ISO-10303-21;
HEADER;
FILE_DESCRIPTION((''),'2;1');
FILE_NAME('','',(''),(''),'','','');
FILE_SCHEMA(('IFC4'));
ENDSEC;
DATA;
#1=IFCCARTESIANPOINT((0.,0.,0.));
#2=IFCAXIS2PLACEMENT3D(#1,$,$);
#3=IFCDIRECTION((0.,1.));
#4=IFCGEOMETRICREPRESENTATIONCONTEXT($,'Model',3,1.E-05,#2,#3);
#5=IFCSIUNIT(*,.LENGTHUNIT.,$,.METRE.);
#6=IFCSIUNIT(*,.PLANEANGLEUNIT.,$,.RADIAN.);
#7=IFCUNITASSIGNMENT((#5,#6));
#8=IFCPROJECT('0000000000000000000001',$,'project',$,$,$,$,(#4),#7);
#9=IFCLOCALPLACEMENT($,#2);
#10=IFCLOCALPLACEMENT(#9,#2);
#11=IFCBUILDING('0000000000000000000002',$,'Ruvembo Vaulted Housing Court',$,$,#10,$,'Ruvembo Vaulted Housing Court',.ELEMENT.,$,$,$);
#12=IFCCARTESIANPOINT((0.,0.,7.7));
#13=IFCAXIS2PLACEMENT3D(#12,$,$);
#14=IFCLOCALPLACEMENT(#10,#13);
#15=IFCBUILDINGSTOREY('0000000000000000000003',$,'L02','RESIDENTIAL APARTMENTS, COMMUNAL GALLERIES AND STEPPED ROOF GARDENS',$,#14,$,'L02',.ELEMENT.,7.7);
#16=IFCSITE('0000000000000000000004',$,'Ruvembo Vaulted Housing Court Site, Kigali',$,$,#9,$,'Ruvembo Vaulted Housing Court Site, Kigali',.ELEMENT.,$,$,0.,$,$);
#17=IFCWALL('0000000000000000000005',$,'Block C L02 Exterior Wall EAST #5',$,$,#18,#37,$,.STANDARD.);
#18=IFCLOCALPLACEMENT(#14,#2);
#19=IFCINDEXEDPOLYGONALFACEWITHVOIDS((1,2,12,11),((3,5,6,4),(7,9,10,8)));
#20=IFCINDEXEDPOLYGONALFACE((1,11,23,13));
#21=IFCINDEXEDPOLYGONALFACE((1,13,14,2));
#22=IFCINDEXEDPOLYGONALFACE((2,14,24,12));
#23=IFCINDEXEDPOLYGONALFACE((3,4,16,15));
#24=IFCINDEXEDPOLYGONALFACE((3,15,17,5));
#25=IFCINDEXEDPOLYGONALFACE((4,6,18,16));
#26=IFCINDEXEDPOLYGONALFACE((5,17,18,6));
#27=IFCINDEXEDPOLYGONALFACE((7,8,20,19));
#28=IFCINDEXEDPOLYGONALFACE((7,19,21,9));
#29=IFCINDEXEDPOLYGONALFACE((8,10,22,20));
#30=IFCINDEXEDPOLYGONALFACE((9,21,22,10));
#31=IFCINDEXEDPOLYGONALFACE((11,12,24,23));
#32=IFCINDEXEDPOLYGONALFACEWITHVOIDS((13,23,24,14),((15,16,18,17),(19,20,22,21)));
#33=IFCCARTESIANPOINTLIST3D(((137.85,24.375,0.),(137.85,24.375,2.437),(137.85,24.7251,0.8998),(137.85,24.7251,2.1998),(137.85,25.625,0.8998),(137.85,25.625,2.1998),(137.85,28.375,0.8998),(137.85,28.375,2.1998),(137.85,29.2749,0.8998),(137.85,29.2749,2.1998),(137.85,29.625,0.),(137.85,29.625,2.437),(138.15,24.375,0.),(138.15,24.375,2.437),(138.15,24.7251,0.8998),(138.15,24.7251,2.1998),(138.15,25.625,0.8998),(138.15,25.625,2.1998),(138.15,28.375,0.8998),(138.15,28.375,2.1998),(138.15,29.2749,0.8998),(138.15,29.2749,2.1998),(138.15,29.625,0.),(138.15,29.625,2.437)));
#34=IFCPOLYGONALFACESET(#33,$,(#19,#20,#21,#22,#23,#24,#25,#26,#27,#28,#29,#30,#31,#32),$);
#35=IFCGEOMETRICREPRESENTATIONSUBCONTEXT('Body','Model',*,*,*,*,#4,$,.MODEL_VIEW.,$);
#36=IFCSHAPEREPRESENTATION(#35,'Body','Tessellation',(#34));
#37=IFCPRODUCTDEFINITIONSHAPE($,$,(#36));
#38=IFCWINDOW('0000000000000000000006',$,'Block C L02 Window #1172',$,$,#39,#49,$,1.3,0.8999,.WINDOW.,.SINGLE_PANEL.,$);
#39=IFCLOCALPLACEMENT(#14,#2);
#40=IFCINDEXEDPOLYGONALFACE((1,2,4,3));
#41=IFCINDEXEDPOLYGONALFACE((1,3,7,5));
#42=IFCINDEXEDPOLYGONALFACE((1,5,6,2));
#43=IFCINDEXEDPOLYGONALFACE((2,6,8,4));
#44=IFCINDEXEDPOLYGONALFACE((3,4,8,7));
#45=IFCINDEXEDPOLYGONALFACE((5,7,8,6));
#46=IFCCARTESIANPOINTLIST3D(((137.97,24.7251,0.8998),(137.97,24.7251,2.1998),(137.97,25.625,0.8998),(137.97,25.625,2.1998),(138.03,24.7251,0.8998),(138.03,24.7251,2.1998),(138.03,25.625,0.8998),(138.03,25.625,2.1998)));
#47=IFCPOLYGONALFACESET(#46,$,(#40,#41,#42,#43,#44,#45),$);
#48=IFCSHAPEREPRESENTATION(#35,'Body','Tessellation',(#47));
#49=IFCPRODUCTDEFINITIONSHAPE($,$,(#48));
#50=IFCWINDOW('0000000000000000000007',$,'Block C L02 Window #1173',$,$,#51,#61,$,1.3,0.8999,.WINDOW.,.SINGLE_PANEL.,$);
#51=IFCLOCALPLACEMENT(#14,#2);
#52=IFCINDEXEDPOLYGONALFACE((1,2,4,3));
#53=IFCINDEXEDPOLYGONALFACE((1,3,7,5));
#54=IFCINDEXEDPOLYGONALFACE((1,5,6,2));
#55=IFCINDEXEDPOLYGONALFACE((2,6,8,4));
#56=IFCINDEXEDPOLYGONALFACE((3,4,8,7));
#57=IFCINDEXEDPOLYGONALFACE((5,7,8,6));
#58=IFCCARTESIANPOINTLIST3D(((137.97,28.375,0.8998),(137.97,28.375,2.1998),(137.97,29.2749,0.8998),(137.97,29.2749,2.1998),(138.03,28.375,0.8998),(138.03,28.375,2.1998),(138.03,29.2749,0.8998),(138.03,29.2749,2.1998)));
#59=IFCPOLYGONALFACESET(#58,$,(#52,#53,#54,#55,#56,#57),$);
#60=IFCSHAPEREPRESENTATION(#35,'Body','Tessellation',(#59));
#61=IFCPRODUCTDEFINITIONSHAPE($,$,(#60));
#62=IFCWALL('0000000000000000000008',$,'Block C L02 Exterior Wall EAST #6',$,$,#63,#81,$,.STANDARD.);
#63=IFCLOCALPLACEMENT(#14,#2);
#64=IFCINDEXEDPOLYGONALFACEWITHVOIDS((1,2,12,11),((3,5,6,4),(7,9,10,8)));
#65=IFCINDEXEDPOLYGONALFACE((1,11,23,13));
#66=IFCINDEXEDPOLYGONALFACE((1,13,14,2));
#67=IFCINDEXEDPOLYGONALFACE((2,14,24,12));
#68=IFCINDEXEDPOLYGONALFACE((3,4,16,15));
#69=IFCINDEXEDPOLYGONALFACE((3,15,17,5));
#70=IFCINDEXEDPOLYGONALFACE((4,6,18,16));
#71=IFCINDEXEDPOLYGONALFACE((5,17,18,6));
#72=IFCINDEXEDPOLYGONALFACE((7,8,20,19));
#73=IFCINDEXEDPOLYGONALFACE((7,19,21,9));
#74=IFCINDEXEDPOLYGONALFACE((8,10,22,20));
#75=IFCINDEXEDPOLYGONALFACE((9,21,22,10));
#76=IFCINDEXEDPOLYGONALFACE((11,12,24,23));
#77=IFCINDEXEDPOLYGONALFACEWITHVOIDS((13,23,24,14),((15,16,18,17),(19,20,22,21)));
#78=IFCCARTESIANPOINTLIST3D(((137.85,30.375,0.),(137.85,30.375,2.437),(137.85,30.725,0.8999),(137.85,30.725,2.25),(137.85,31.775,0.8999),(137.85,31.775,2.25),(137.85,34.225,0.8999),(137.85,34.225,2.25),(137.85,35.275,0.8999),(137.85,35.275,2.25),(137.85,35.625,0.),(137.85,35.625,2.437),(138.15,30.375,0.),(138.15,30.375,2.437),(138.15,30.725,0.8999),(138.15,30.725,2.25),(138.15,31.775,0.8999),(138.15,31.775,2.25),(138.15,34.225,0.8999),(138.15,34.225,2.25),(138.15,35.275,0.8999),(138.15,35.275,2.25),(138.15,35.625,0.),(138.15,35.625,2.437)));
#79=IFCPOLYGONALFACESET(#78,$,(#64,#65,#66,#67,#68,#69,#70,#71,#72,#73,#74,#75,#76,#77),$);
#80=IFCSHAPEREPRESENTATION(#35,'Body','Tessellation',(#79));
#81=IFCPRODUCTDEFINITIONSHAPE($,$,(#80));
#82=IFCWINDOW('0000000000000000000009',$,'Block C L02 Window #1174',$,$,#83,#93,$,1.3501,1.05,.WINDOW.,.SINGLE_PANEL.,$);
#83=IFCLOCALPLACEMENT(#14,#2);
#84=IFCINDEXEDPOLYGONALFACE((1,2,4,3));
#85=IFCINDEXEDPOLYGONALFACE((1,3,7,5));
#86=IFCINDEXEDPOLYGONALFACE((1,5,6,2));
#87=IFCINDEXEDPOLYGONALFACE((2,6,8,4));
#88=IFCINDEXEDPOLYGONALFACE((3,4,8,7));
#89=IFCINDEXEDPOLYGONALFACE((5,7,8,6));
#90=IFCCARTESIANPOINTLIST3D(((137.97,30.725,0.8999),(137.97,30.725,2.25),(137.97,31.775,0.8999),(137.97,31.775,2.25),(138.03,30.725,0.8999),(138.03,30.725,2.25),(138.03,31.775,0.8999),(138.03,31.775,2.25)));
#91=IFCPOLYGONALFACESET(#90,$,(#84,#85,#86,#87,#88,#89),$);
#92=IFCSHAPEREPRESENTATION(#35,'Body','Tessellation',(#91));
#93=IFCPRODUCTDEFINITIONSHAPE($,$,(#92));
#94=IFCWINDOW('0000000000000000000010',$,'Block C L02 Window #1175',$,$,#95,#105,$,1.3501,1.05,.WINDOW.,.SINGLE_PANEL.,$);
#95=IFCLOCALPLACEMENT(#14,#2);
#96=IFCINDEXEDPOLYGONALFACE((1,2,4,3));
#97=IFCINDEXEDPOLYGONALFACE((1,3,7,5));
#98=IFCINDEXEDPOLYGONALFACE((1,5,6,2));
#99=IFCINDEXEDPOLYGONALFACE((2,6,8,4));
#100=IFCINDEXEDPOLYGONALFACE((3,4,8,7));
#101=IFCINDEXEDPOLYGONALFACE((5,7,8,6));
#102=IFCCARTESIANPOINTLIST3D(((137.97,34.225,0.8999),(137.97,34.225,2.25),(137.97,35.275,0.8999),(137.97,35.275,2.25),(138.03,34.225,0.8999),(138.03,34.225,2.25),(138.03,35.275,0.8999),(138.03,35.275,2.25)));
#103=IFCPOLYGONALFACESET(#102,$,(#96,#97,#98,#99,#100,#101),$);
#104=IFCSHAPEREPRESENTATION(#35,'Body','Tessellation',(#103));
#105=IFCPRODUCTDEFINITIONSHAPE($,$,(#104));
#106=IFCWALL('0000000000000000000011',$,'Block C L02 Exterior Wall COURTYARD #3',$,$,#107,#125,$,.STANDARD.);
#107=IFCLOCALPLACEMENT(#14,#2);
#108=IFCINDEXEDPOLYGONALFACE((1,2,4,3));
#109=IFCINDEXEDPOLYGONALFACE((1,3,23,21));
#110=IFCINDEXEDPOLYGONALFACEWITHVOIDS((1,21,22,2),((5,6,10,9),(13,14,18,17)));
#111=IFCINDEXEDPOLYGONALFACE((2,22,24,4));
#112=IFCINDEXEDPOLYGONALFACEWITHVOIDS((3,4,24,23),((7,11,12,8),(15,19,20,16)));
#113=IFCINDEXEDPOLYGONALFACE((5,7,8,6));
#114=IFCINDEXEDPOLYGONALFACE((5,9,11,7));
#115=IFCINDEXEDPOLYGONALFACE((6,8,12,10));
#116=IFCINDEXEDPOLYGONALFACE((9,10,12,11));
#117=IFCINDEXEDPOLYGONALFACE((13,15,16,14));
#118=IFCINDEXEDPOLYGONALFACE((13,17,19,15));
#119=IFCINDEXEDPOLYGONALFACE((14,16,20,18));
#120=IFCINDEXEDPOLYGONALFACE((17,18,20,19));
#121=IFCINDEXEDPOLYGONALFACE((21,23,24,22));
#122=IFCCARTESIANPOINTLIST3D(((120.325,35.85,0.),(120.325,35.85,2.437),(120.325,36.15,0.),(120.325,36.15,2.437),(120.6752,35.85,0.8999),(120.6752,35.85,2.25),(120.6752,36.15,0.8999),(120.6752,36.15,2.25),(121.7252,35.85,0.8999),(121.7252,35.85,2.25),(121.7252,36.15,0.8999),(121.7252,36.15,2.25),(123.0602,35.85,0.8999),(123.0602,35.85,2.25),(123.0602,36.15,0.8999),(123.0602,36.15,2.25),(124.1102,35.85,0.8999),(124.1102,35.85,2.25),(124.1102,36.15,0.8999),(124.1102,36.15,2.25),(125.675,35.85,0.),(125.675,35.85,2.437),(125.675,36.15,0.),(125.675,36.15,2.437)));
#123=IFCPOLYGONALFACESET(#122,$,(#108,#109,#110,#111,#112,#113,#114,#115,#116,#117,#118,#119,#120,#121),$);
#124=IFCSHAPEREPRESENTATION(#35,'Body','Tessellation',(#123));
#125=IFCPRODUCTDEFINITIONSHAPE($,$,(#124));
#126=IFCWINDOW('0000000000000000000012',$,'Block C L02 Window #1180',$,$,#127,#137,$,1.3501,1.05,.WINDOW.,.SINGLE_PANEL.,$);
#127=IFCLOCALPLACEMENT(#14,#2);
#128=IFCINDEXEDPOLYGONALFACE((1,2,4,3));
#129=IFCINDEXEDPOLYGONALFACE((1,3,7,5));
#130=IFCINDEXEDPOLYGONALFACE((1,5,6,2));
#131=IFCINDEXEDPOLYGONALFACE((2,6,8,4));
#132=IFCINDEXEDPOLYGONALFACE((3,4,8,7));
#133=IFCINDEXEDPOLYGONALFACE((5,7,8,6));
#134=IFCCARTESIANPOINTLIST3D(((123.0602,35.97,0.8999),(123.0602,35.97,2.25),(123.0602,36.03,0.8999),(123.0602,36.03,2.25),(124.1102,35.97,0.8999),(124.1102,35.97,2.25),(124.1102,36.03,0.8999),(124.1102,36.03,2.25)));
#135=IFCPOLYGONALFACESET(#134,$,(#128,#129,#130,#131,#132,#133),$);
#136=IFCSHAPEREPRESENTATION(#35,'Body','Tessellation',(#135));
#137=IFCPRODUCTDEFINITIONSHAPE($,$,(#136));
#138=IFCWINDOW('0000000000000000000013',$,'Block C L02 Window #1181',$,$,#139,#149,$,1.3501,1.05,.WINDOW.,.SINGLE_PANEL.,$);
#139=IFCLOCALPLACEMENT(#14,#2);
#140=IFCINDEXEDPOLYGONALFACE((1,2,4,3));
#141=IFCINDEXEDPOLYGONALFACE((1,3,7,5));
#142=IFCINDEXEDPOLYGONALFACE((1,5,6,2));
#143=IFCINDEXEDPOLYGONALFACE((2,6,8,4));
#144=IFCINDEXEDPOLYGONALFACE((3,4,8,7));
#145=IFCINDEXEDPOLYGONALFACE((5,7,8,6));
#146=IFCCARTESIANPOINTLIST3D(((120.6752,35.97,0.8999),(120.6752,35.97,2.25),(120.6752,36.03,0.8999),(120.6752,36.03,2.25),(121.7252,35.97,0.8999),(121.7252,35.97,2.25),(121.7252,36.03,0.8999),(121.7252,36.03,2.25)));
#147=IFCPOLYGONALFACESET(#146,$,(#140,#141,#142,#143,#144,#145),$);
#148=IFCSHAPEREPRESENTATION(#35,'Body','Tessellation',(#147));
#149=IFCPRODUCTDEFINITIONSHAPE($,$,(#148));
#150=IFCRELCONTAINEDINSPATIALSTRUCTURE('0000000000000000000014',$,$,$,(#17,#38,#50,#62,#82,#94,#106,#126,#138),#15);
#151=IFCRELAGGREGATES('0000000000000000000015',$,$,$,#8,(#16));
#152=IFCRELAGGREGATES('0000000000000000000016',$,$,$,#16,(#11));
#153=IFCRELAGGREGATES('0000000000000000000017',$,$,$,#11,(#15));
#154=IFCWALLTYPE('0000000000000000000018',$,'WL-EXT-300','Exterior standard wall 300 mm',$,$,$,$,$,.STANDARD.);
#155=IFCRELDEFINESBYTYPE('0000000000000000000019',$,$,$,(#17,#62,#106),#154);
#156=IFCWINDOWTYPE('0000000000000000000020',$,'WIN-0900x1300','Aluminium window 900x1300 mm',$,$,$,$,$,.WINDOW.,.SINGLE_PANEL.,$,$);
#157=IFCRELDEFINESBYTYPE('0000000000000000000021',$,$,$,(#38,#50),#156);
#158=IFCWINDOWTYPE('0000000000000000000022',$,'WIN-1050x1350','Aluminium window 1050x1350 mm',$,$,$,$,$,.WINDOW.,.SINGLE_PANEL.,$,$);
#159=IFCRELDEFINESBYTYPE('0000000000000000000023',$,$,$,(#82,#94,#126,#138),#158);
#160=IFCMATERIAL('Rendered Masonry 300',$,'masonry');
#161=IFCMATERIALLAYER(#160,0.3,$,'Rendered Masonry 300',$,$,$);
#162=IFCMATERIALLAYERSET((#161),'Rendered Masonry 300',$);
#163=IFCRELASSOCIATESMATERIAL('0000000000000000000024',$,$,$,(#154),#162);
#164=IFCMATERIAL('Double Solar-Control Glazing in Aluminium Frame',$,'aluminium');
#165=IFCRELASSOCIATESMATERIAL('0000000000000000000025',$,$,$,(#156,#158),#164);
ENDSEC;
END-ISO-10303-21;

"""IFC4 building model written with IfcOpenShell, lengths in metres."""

from ifc_helpers import new_model, si_unit, direction, frame, frame_2d, origin, place, context, subcontext, project, spatial, rectangle, extrude, material, layer, layer_set, type_object, element, fill, save


model = new_model("IFC4")

# Units and contexts
model_context = context("Model", 3, precision=1e-05, world=origin(), true_north=direction((0.0, 1.0)))
body_context = subcontext(model_context, "Body", "Model", "MODEL_VIEW")
ifc_project = project(units=[si_unit("LENGTHUNIT", "METRE"), si_unit("PLANEANGLEUNIT", "RADIAN")], contexts=[model_context])

# Site, building, storey
site_placement = place(None, origin())
site = spatial("IfcSite", under=ifc_project, at=site_placement, Name="Ruvembo Vaulted Housing Court Site, Kigali", LongName="Ruvembo Vaulted Housing Court Site, Kigali", CompositionType="ELEMENT", RefElevation=0.0)
building_placement = place(site_placement, origin())
building = spatial("IfcBuilding", under=site, at=building_placement, Name="Ruvembo Vaulted Housing Court", LongName="Ruvembo Vaulted Housing Court", CompositionType="ELEMENT")
storey_placement = place(building_placement, frame((0.0, 0.0, 7.7)))
storey = spatial("IfcBuildingStorey", under=building, at=storey_placement, Name="L02", Description="RESIDENTIAL APARTMENTS, COMMUNAL GALLERIES AND STEPPED ROOF GARDENS", LongName="L02", CompositionType="ELEMENT", Elevation=7.7)

# Walls, openings, windows
ifc_material_1 = material(Name="Rendered Masonry 300", Category="masonry")
ifc_layer_1 = layer(ifc_material_1, 0.3, Name="Rendered Masonry 300")
ifc_layer_set_1 = layer_set([ifc_layer_1], Name="Rendered Masonry 300")
wall_type_1 = type_object("IfcWallType", Name="WL-EXT-300", Description="Exterior standard wall 300 mm", PredefinedType="STANDARD", material=ifc_layer_set_1)
wall_1_placement = place(storey_placement, frame((138.0, 24.375, 0.0), z_axis=(0.0, 0.0, 1.0), x_axis=(0.0, 1.0, 0.0)))
wall_1 = element("IfcWall", 1, at=wall_1_placement, inside=storey, type_object=wall_type_1, Name="Block C L02 Exterior Wall EAST #5", PredefinedType="STANDARD", context=body_context, shape_type="SweptSolid", body=[
    extrude(rectangle(XDim=5.25, YDim=0.3, at=frame_2d((2.625, 0.0))), origin(), (0.0, 0.0, 1.0), 2.437),
])
opening_1_placement = place(wall_1_placement, frame((0.3501, 0.0, 0.8999)))
opening_1 = element("IfcOpeningElement", 2, at=opening_1_placement, cuts=wall_1, PredefinedType="OPENING", context=body_context, shape_type="SweptSolid", body=[
    extrude(rectangle(XDim=0.8999, YDim=1.3, at=frame_2d((0.45, 0.6499))), frame((0.0, 0.1599, 0.0), z_axis=(0.0, -1.0, 0.0), x_axis=(1.0, 0.0, 0.0)), (0.0, 0.0, 1.0), 0.3201),
])
opening_2_placement = place(wall_1_placement, frame((4.0, 0.0, 0.8999)))
opening_2 = element("IfcOpeningElement", 3, at=opening_2_placement, cuts=wall_1, PredefinedType="OPENING", context=body_context, shape_type="SweptSolid", body=[
    extrude(rectangle(XDim=0.8999, YDim=1.3, at=frame_2d((0.45, 0.6499))), frame((0.0, 0.1599, 0.0), z_axis=(0.0, -1.0, 0.0), x_axis=(1.0, 0.0, 0.0)), (0.0, 0.0, 1.0), 0.3201),
])
ifc_material_2 = material(Name="Double Solar-Control Glazing in Aluminium Frame", Category="aluminium")
window_type_1 = type_object("IfcWindowType", Name="WIN-0900x1300", Description="Aluminium window 900x1300 mm", PartitioningType="SINGLE_PANEL", PredefinedType="WINDOW", material=ifc_material_2)
window_1_placement = place(opening_1_placement, origin())
window_1 = element("IfcWindow", 4, at=window_1_placement, inside=storey, type_object=window_type_1, Name="Block C L02 Window #1172", OverallHeight=1.3, OverallWidth=0.8999, PartitioningType="SINGLE_PANEL", PredefinedType="WINDOW", context=body_context, shape_type="SweptSolid", body=[
    extrude(rectangle(XDim=0.8999, YDim=1.3, at=frame_2d((0.45, 0.6499))), frame((0.0, 0.03, 0.0), z_axis=(0.0, -1.0, 0.0), x_axis=(1.0, 0.0, 0.0)), (0.0, 0.0, 1.0), 0.0601),
])
fill(opening_1, window_1)
window_2_placement = place(opening_2_placement, origin())
window_2 = element("IfcWindow", 5, at=window_2_placement, inside=storey, type_object=window_type_1, Name="Block C L02 Window #1173", OverallHeight=1.3, OverallWidth=0.8999, PartitioningType="SINGLE_PANEL", PredefinedType="WINDOW", context=body_context, shape_type="SweptSolid", body=[
    extrude(rectangle(XDim=0.8999, YDim=1.3, at=frame_2d((0.45, 0.6499))), frame((0.0, 0.03, 0.0), z_axis=(0.0, -1.0, 0.0), x_axis=(1.0, 0.0, 0.0)), (0.0, 0.0, 1.0), 0.0601),
])
fill(opening_2, window_2)
wall_2_placement = place(storey_placement, frame((138.0, 30.375, 0.0), z_axis=(0.0, 0.0, 1.0), x_axis=(0.0, 1.0, 0.0)))
wall_2 = element("IfcWall", 6, at=wall_2_placement, inside=storey, type_object=wall_type_1, Name="Block C L02 Exterior Wall EAST #6", PredefinedType="STANDARD", context=body_context, shape_type="SweptSolid", body=[
    extrude(rectangle(XDim=5.25, YDim=0.3, at=frame_2d((2.625, 0.0))), origin(), (0.0, 0.0, 1.0), 2.437),
])
opening_3_placement = place(wall_2_placement, frame((0.3501, 0.0, 0.8999)))
opening_3 = element("IfcOpeningElement", 7, at=opening_3_placement, cuts=wall_2, PredefinedType="OPENING", context=body_context, shape_type="SweptSolid", body=[
    extrude(rectangle(XDim=1.05, YDim=1.3501, at=frame_2d((0.5249, 0.675))), frame((0.0, 0.1599, 0.0), z_axis=(0.0, -1.0, 0.0), x_axis=(1.0, 0.0, 0.0)), (0.0, 0.0, 1.0), 0.3201),
])
opening_4_placement = place(wall_2_placement, frame((3.8501, 0.0, 0.8999)))
opening_4 = element("IfcOpeningElement", 8, at=opening_4_placement, cuts=wall_2, PredefinedType="OPENING", context=body_context, shape_type="SweptSolid", body=[
    extrude(rectangle(XDim=1.05, YDim=1.3501, at=frame_2d((0.5249, 0.675))), frame((0.0, 0.1599, 0.0), z_axis=(0.0, -1.0, 0.0), x_axis=(1.0, 0.0, 0.0)), (0.0, 0.0, 1.0), 0.3201),
])
window_type_2 = type_object("IfcWindowType", Name="WIN-1050x1350", Description="Aluminium window 1050x1350 mm", PartitioningType="SINGLE_PANEL", PredefinedType="WINDOW", material=ifc_material_2)
window_3_placement = place(opening_3_placement, origin())
window_3 = element("IfcWindow", 9, at=window_3_placement, inside=storey, type_object=window_type_2, Name="Block C L02 Window #1174", OverallHeight=1.3501, OverallWidth=1.05, PartitioningType="SINGLE_PANEL", PredefinedType="WINDOW", context=body_context, shape_type="SweptSolid", body=[
    extrude(rectangle(XDim=1.05, YDim=1.3501, at=frame_2d((0.5249, 0.675))), frame((0.0, 0.03, 0.0), z_axis=(0.0, -1.0, 0.0), x_axis=(1.0, 0.0, 0.0)), (0.0, 0.0, 1.0), 0.0601),
])
fill(opening_3, window_3)
window_4_placement = place(opening_4_placement, origin())
window_4 = element("IfcWindow", 10, at=window_4_placement, inside=storey, type_object=window_type_2, Name="Block C L02 Window #1175", OverallHeight=1.3501, OverallWidth=1.05, PartitioningType="SINGLE_PANEL", PredefinedType="WINDOW", context=body_context, shape_type="SweptSolid", body=[
    extrude(rectangle(XDim=1.05, YDim=1.3501, at=frame_2d((0.5249, 0.675))), frame((0.0, 0.03, 0.0), z_axis=(0.0, -1.0, 0.0), x_axis=(1.0, 0.0, 0.0)), (0.0, 0.0, 1.0), 0.0601),
])
fill(opening_4, window_4)
wall_3_placement = place(storey_placement, frame((125.675, 36.0, 0.0), z_axis=(0.0, 0.0, 1.0), x_axis=(-1.0, 0.0, 0.0)))
wall_3 = element("IfcWall", 11, at=wall_3_placement, inside=storey, type_object=wall_type_1, Name="Block C L02 Exterior Wall COURTYARD #3", PredefinedType="STANDARD", context=body_context, shape_type="SweptSolid", body=[
    extrude(rectangle(XDim=5.3501, YDim=0.3, at=frame_2d((2.675, 0.0))), origin(), (0.0, 0.0, 1.0), 2.437),
])
opening_5_placement = place(wall_3_placement, frame((1.5649, 0.0, 0.8999)))
opening_5 = element("IfcOpeningElement", 12, at=opening_5_placement, cuts=wall_3, PredefinedType="OPENING", context=body_context, shape_type="SweptSolid", body=[
    extrude(rectangle(XDim=1.05, YDim=1.3501, at=frame_2d((0.5249, 0.675))), frame((0.0, 0.1599, 0.0), z_axis=(0.0, -1.0, 0.0), x_axis=(1.0, 0.0, 0.0)), (0.0, 0.0, 1.0), 0.3201),
])
opening_6_placement = place(wall_3_placement, frame((3.95, 0.0, 0.8999)))
opening_6 = element("IfcOpeningElement", 13, at=opening_6_placement, cuts=wall_3, PredefinedType="OPENING", context=body_context, shape_type="SweptSolid", body=[
    extrude(rectangle(XDim=1.05, YDim=1.3501, at=frame_2d((0.5249, 0.675))), frame((0.0, 0.1599, 0.0), z_axis=(0.0, -1.0, 0.0), x_axis=(1.0, 0.0, 0.0)), (0.0, 0.0, 1.0), 0.3201),
])
window_5_placement = place(opening_5_placement, origin())
window_5 = element("IfcWindow", 14, at=window_5_placement, inside=storey, type_object=window_type_2, Name="Block C L02 Window #1180", OverallHeight=1.3501, OverallWidth=1.05, PartitioningType="SINGLE_PANEL", PredefinedType="WINDOW", context=body_context, shape_type="SweptSolid", body=[
    extrude(rectangle(XDim=1.05, YDim=1.3501, at=frame_2d((0.5249, 0.675))), frame((0.0, 0.03, 0.0), z_axis=(0.0, -1.0, 0.0), x_axis=(1.0, 0.0, 0.0)), (0.0, 0.0, 1.0), 0.0601),
])
fill(opening_5, window_5)
window_6_placement = place(opening_6_placement, origin())
window_6 = element("IfcWindow", 15, at=window_6_placement, inside=storey, type_object=window_type_2, Name="Block C L02 Window #1181", OverallHeight=1.3501, OverallWidth=1.05, PartitioningType="SINGLE_PANEL", PredefinedType="WINDOW", context=body_context, shape_type="SweptSolid", body=[
    extrude(rectangle(XDim=1.05, YDim=1.3501, at=frame_2d((0.5249, 0.675))), frame((0.0, 0.03, 0.0), z_axis=(0.0, -1.0, 0.0), x_axis=(1.0, 0.0, 0.0)), (0.0, 0.0, 1.0), 0.0601),
])
fill(opening_6, window_6)

save(model, "model.ifc")
